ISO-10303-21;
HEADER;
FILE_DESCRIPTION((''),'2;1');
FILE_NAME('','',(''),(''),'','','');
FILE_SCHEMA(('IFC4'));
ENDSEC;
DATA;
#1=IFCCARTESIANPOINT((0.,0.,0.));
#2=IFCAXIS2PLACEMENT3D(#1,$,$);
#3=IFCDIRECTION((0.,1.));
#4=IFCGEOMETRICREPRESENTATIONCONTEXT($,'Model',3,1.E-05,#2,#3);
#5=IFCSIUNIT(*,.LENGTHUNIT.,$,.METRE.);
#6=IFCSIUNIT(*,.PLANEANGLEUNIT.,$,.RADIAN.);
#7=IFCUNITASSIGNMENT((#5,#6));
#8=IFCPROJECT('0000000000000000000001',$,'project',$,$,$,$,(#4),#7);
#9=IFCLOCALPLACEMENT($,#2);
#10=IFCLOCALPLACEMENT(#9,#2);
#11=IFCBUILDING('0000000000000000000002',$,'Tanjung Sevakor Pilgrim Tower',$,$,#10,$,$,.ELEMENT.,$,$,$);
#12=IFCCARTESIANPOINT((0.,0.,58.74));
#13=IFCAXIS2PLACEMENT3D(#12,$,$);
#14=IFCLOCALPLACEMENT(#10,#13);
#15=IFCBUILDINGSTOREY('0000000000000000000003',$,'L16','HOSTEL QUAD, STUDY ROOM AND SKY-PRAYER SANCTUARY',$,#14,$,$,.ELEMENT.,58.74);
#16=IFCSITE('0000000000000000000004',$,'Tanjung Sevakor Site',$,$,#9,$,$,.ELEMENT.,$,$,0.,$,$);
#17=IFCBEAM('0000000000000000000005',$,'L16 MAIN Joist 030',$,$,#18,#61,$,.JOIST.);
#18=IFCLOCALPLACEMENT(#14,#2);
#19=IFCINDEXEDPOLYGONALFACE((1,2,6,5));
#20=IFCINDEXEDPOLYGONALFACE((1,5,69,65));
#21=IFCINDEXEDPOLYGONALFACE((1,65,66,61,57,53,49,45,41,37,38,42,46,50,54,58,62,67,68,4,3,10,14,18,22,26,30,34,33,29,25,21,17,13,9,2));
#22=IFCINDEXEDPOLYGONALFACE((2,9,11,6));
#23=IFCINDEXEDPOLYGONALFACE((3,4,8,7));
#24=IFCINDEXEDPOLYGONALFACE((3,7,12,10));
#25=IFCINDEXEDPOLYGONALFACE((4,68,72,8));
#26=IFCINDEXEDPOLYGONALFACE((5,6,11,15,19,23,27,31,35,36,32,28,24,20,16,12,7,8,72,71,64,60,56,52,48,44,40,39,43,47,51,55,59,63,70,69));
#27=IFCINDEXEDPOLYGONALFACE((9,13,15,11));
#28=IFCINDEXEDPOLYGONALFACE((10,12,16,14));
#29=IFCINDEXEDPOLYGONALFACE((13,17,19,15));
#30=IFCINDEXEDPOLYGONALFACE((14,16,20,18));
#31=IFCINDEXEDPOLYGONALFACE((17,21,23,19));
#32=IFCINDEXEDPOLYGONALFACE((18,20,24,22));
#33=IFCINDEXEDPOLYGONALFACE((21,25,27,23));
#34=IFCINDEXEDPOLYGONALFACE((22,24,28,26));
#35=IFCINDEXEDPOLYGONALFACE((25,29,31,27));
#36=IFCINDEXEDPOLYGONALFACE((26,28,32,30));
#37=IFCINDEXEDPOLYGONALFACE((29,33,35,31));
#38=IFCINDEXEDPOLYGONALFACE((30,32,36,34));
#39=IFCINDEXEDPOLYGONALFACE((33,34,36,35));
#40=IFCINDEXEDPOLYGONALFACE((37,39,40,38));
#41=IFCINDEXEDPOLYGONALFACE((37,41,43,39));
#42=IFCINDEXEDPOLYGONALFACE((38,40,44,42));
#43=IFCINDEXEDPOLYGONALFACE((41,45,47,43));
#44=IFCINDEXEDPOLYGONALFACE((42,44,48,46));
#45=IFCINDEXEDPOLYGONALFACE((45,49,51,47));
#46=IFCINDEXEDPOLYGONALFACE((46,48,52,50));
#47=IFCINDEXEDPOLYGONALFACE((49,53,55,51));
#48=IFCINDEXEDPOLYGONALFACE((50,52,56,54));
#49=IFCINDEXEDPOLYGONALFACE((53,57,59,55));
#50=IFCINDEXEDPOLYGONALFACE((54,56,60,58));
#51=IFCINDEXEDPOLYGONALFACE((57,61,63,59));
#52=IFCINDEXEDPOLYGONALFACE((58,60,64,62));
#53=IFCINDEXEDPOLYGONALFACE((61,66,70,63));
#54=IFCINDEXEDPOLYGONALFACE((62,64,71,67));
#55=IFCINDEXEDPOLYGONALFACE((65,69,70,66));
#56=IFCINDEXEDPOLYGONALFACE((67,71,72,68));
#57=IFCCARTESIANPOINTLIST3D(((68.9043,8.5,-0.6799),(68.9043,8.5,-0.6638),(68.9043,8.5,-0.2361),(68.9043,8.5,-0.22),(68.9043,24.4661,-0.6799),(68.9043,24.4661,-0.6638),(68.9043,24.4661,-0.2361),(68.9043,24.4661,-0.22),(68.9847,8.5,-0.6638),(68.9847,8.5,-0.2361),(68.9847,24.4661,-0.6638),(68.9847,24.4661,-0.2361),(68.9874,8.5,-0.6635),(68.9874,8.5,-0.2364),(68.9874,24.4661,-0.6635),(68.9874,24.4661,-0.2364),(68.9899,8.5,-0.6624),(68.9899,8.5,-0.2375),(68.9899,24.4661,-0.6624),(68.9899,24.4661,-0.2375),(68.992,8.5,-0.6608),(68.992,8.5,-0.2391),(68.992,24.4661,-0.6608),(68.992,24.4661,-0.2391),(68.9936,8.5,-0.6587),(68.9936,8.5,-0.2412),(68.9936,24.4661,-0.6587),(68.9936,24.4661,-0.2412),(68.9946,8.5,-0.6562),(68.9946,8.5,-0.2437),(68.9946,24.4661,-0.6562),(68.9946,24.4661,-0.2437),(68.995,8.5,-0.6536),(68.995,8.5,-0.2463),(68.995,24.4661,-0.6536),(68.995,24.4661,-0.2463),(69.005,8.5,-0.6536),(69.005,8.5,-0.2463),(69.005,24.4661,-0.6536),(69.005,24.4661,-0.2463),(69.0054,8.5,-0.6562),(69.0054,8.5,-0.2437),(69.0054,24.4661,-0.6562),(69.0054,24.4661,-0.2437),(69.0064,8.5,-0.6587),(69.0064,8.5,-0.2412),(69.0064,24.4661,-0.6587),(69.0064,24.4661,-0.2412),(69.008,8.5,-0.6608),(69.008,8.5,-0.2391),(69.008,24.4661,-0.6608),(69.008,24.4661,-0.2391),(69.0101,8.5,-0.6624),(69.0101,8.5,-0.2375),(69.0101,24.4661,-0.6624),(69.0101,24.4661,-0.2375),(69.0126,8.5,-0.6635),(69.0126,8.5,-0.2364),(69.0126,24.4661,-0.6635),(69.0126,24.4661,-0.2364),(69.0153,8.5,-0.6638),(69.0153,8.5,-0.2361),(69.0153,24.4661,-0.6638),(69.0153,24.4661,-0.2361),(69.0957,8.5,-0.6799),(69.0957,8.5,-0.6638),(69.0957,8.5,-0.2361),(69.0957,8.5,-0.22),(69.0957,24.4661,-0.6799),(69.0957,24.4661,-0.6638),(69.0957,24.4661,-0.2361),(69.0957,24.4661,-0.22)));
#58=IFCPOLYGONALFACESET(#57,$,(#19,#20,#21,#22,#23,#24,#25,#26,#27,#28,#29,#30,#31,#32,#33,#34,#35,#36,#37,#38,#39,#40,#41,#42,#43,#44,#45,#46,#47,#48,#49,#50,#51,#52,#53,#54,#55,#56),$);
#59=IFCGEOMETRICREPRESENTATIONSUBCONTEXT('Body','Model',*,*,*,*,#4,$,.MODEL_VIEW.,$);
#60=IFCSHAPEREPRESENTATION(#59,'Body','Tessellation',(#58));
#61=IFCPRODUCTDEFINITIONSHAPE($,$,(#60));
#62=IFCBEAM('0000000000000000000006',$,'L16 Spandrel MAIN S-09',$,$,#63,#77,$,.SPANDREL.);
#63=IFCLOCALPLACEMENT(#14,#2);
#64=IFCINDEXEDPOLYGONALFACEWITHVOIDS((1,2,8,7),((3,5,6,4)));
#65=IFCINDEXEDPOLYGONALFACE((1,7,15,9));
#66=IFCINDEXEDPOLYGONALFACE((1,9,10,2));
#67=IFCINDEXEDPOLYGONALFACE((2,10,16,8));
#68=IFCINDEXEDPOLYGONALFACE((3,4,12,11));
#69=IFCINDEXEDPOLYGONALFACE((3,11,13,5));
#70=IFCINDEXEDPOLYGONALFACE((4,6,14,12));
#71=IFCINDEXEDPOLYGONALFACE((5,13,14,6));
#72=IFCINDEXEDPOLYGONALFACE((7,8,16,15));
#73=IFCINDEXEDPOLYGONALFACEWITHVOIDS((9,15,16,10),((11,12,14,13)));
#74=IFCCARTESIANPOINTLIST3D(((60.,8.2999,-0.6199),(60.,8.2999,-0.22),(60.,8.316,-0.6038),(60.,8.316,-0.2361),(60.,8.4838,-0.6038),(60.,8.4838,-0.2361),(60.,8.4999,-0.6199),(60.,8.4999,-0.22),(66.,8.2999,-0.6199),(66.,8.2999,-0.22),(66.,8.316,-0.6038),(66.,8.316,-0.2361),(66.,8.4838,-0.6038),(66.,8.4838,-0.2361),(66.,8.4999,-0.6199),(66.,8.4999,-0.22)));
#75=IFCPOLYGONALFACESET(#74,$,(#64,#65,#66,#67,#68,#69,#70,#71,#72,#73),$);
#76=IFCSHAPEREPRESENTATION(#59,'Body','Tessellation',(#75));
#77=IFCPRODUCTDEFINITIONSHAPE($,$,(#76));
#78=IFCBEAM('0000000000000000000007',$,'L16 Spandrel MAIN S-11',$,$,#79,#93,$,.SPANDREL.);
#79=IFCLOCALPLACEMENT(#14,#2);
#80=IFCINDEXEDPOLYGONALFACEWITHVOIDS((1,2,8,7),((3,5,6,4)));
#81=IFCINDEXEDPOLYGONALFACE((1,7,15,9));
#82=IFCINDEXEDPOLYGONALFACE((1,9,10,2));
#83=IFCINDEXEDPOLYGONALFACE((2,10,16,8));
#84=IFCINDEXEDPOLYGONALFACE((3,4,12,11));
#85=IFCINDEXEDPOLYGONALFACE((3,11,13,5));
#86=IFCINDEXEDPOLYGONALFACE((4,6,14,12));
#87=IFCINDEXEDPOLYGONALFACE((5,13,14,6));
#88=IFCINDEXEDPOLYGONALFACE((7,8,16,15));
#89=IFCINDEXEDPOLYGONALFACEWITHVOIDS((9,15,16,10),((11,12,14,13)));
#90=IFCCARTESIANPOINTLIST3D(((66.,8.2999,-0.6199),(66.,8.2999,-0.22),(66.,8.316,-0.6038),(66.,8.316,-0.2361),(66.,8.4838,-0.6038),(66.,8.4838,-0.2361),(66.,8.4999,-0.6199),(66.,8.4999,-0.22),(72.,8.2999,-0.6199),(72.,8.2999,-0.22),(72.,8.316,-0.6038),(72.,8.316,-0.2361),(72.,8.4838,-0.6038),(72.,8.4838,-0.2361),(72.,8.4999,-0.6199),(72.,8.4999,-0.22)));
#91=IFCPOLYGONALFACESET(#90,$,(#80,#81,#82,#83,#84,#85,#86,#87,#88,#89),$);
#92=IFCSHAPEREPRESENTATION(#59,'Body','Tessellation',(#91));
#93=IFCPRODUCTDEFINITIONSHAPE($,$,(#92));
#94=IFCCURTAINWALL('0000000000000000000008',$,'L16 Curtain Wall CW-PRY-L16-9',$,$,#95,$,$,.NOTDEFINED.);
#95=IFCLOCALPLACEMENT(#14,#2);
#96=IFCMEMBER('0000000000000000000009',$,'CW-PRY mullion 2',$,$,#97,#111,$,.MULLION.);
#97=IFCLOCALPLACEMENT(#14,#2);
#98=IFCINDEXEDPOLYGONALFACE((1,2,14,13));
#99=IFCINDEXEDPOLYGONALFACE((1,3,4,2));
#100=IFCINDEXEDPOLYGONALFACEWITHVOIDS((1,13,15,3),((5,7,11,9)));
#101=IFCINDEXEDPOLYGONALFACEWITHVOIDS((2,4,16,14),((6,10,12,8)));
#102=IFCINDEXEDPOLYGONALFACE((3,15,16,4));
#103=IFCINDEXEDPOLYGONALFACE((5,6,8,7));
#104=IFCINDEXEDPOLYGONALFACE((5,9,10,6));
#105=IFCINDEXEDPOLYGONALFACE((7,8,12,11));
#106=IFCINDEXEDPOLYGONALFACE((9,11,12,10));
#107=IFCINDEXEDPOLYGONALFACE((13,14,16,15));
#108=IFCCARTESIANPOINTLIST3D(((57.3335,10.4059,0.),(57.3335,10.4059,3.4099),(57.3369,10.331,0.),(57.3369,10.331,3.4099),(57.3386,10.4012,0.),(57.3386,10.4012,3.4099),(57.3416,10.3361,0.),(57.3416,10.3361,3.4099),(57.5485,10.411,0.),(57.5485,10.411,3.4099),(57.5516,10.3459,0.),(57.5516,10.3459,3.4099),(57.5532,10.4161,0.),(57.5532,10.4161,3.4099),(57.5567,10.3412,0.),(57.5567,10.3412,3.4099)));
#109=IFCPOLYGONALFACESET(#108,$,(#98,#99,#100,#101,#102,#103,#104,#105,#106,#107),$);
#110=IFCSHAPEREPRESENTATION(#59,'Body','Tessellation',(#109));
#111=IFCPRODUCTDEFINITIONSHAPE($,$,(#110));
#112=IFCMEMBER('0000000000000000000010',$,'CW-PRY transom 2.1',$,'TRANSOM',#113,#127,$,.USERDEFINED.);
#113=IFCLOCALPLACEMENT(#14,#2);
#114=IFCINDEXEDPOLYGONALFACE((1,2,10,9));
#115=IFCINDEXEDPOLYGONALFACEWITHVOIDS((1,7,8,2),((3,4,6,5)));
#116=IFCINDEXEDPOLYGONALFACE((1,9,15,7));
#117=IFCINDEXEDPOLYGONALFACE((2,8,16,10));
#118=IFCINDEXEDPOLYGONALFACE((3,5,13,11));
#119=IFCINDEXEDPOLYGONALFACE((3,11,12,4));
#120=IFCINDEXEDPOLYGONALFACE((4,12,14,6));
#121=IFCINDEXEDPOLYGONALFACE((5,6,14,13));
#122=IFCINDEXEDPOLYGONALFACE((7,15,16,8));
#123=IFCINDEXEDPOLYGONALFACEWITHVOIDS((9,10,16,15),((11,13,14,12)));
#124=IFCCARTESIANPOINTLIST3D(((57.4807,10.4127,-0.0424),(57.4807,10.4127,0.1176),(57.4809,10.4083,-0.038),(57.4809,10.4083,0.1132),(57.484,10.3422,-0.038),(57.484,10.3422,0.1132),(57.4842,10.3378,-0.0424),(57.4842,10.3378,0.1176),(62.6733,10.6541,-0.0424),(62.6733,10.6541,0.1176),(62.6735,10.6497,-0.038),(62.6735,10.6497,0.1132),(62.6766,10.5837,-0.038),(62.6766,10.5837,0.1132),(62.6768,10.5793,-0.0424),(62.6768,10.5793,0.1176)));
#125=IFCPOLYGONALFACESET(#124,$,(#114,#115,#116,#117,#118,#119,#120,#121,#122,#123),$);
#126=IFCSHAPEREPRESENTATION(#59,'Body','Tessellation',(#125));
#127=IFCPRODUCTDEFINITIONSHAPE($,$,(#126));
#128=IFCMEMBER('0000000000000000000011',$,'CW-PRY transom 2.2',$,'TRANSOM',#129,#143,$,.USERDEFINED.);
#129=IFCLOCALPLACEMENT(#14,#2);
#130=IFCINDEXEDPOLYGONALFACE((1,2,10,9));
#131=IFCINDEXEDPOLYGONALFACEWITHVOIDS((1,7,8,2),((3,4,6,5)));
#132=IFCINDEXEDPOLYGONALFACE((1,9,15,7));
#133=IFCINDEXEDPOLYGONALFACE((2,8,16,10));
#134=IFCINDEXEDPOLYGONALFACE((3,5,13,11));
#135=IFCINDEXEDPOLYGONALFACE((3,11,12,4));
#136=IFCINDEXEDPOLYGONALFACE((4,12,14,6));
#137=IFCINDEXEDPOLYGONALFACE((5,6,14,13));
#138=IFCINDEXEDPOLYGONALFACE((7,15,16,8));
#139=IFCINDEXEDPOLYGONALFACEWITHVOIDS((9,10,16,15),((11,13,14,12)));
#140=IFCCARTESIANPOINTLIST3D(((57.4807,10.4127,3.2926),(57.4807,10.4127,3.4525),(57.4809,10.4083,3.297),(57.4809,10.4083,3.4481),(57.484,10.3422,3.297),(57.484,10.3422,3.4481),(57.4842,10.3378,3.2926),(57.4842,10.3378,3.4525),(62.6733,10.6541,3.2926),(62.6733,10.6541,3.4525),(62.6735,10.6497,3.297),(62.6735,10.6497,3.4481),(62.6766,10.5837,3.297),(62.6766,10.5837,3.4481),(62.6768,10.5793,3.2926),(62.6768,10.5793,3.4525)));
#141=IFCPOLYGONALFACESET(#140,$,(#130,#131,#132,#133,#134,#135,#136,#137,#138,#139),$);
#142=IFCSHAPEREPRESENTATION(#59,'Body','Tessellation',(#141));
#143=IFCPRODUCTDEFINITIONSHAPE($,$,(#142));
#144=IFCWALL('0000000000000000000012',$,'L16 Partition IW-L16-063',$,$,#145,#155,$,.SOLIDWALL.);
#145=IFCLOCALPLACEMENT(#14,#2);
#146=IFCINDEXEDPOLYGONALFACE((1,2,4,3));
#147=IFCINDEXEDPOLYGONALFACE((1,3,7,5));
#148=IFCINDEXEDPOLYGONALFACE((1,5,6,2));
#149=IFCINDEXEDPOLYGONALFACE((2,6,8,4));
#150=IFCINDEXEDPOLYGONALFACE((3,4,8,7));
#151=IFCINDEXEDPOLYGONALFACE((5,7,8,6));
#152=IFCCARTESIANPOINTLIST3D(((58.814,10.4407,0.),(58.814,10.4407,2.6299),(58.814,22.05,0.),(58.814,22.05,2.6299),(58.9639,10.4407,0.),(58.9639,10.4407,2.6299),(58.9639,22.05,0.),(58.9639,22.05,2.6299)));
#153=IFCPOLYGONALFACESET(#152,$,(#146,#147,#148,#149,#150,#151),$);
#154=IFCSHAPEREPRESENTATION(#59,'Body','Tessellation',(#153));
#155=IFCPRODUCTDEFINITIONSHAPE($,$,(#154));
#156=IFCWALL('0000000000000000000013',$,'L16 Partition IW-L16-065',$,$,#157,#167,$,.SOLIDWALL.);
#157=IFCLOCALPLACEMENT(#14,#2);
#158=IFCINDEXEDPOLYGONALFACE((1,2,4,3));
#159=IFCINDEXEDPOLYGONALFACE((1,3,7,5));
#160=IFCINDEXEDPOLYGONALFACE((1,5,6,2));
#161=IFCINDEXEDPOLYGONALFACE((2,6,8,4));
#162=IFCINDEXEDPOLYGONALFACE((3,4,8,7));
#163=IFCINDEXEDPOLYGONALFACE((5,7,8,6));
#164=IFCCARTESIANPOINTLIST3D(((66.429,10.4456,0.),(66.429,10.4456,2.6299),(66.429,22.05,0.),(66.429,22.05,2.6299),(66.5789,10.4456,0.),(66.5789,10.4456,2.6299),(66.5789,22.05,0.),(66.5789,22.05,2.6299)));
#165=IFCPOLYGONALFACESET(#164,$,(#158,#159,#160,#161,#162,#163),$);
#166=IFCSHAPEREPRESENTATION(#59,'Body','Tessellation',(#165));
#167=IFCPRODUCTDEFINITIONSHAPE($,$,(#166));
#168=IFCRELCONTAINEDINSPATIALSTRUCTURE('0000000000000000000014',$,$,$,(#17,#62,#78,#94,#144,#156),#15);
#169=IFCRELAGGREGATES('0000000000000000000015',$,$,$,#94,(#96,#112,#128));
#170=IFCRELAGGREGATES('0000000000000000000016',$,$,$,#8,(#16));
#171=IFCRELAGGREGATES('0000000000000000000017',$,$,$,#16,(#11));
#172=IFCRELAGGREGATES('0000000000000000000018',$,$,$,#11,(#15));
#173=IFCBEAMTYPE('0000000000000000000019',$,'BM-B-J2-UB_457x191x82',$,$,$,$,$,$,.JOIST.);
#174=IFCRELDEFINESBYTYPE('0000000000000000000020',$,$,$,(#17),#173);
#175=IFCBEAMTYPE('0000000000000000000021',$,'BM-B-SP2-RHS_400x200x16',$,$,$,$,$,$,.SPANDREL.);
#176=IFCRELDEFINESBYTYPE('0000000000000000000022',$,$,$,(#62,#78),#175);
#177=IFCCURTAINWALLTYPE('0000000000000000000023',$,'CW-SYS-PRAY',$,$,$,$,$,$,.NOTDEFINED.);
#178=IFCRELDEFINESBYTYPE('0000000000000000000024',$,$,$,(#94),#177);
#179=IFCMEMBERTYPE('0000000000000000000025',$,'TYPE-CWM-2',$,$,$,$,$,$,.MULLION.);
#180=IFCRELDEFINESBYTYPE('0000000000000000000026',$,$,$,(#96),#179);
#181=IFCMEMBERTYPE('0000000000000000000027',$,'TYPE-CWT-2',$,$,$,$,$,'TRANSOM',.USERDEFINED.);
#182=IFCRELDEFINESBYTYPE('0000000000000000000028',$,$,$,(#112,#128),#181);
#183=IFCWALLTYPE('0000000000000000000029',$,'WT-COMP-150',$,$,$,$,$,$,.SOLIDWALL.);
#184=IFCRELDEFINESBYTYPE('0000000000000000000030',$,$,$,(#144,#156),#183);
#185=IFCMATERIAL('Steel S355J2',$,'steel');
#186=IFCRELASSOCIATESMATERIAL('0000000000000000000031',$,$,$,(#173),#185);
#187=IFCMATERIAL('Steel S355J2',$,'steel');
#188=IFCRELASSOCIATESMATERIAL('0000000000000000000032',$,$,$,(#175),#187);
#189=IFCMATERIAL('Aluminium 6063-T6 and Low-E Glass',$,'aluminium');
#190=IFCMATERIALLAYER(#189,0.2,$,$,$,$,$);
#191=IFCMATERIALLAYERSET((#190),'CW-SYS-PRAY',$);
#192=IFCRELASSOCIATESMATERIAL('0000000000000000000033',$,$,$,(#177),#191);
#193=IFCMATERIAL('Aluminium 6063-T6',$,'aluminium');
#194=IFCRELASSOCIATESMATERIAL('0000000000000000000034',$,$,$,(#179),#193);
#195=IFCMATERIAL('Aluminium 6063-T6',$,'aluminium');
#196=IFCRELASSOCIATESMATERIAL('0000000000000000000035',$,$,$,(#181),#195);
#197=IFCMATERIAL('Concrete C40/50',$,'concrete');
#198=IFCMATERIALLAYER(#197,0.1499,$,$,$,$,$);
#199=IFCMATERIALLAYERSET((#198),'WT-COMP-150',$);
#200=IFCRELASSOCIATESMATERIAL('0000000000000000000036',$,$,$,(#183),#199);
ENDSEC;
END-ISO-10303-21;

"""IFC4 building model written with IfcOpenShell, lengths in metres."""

from ifc_helpers import new_model, si_unit, direction, frame, frame_2d, origin, origin_2d, place, context, subcontext, project, spatial, rectangle, hollow_rectangle, i_section, extrude, material, layer, layer_set, material_profile, profile_set, type_object, element, aggregate, save


model = new_model("IFC4")

# Units and contexts
model_context = context("Model", 3, precision=1e-05, world=origin(), true_north=direction((0.0, 1.0)))
body_context = subcontext(model_context, "Body", "Model", "MODEL_VIEW")
ifc_project = project(units=[si_unit("LENGTHUNIT", "METRE"), si_unit("PLANEANGLEUNIT", "RADIAN")], contexts=[model_context])

# Site, building, storey
site_placement = place(None, origin())
site = spatial("IfcSite", under=ifc_project, at=site_placement, Name="Tanjung Sevakor Site", CompositionType="ELEMENT", RefElevation=0.0)
building_placement = place(site_placement, origin())
building = spatial("IfcBuilding", under=site, at=building_placement, Name="Tanjung Sevakor Pilgrim Tower", CompositionType="ELEMENT")
storey_placement = place(building_placement, frame((0.0, 0.0, 58.74)))
storey = spatial("IfcBuildingStorey", under=building, at=storey_placement, Name="L16", Description="HOSTEL QUAD, STUDY ROOM AND SKY-PRAYER SANCTUARY", CompositionType="ELEMENT", Elevation=58.74)

# Beams
ifc_material_1 = material(Name="Steel S355J2", Category="steel")
ifc_material_profile_1 = material_profile(ifc_material_1, i_section(OverallWidth=0.1914, OverallDepth=0.46, WebThickness=0.01, FlangeThickness=0.0161, FilletRadius=0.0103, at=origin_2d()))
ifc_profile_set_1 = profile_set([ifc_material_profile_1], Name="Steel S355J2")
beam_type_1 = type_object("IfcBeamType", Name="BM-B-J2-UB_457x191x82", PredefinedType="JOIST", material=ifc_profile_set_1)
for number, where, z_axis, x_axis, name in (
    (1, (69.0, 8.5, -0.45), (0.0, 1.0, 0.0), (-1.0, 0.0, 0.0), "L16 MAIN Joist 030"),
):
    element("IfcBeam", number, at=place(storey_placement, frame(where, z_axis=z_axis, x_axis=x_axis)), inside=storey, type_object=beam_type_1, Name=name, PredefinedType="JOIST", context=body_context, shape_type="SweptSolid", body=[
        extrude(i_section(OverallWidth=0.1914, OverallDepth=0.46, WebThickness=0.01, FlangeThickness=0.0161, FilletRadius=0.0103, at=origin_2d()), origin(), (0.0, 0.0, 1.0), 15.9661),
    ])
ifc_material_2 = material(Name="Steel S355J2", Category="steel")
ifc_material_profile_2 = material_profile(ifc_material_2, hollow_rectangle(XDim=0.2, YDim=0.3999, WallThickness=0.0161, at=origin_2d()))
ifc_profile_set_2 = profile_set([ifc_material_profile_2], Name="Steel S355J2")
beam_type_2 = type_object("IfcBeamType", Name="BM-B-SP2-RHS_400x200x16", PredefinedType="SPANDREL", material=ifc_profile_set_2)
for number, where, z_axis, x_axis, name in (
    (2, (60.0, 8.3999, -0.4199), (1.0, 0.0, 0.0), (0.0, 1.0, 0.0), "L16 Spandrel MAIN S-09"),
    (3, (66.0, 8.3999, -0.4199), (1.0, 0.0, 0.0), (0.0, 1.0, 0.0), "L16 Spandrel MAIN S-11"),
):
    element("IfcBeam", number, at=place(storey_placement, frame(where, z_axis=z_axis, x_axis=x_axis)), inside=storey, type_object=beam_type_2, Name=name, PredefinedType="SPANDREL", context=body_context, shape_type="SweptSolid", body=[
        extrude(hollow_rectangle(XDim=0.2, YDim=0.3999, WallThickness=0.0161, at=origin_2d()), origin(), (0.0, 0.0, 1.0), 6.0),
    ])

# Curtain wall, members
ifc_material_3 = material(Name="Aluminium 6063-T6 and Low-E Glass", Category="aluminium")
ifc_layer_1 = layer(ifc_material_3, 0.2)
ifc_layer_set_1 = layer_set([ifc_layer_1], Name="CW-SYS-PRAY")
curtain_wall_type = type_object("IfcCurtainWallType", Name="CW-SYS-PRAY", PredefinedType="NOTDEFINED", material=ifc_layer_set_1)
curtain_wall_placement = place(storey_placement, origin())
curtain_wall = element("IfcCurtainWall", 4, at=curtain_wall_placement, inside=storey, type_object=curtain_wall_type, Name="L16 Curtain Wall CW-PRY-L16-9", PredefinedType="NOTDEFINED")
ifc_material_4 = material(Name="Aluminium 6063-T6", Category="aluminium")
ifc_material_profile_3 = material_profile(ifc_material_4, hollow_rectangle(XDim=0.075, YDim=0.22, WallThickness=0.0049, at=origin_2d()))
ifc_profile_set_3 = profile_set([ifc_material_profile_3], Name="Aluminium 6063-T6")
member_type_1 = type_object("IfcMemberType", Name="TYPE-CWM-2", PredefinedType="MULLION", material=ifc_profile_set_3)
member_1_placement = place(storey_placement, frame((57.4451, 10.3735, 0.0), z_axis=(0.0, 0.0, 1.0), x_axis=(-0.046462, 0.99892, 0.0)))
member_1 = element("IfcMember", 5, at=member_1_placement, type_object=member_type_1, Name="CW-PRY mullion 2", PredefinedType="MULLION", context=body_context, shape_type="SweptSolid", body=[
    extrude(hollow_rectangle(XDim=0.075, YDim=0.22, WallThickness=0.0049, at=origin_2d()), origin(), (0.0, 0.0, 1.0), 3.4099),
])
ifc_material_5 = material(Name="Aluminium 6063-T6", Category="aluminium")
ifc_material_profile_4 = material_profile(ifc_material_5, hollow_rectangle(XDim=0.075, YDim=0.1599, WallThickness=0.0044, at=origin_2d()))
ifc_profile_set_4 = profile_set([ifc_material_profile_4], Name="Aluminium 6063-T6")
member_type_2 = type_object("IfcMemberType", Name="TYPE-CWT-2", ElementType="TRANSOM", PredefinedType="USERDEFINED", material=ifc_profile_set_4)
member_2_placement = place(storey_placement, frame((57.4824, 10.3752, 0.0376), z_axis=(0.998921, 0.046449, 0.0), x_axis=(-0.046449, 0.998921, 0.0)))
member_2 = element("IfcMember", 6, at=member_2_placement, type_object=member_type_2, Name="CW-PRY transom 2.1", ObjectType="TRANSOM", PredefinedType="USERDEFINED", context=body_context, shape_type="SweptSolid", body=[
    extrude(hollow_rectangle(XDim=0.075, YDim=0.1599, WallThickness=0.0044, at=origin_2d()), origin(), (0.0, 0.0, 1.0), 5.1982),
])
member_3_placement = place(storey_placement, frame((57.4824, 10.3752, 3.3726), z_axis=(0.998921, 0.046449, 0.0), x_axis=(-0.046449, 0.998921, 0.0)))
member_3 = element("IfcMember", 7, at=member_3_placement, type_object=member_type_2, Name="CW-PRY transom 2.2", ObjectType="TRANSOM", PredefinedType="USERDEFINED", context=body_context, shape_type="SweptSolid", body=[
    extrude(hollow_rectangle(XDim=0.075, YDim=0.1599, WallThickness=0.0044, at=origin_2d()), origin(), (0.0, 0.0, 1.0), 5.1982),
])
aggregate(curtain_wall, [member_1, member_2, member_3])

# Walls
ifc_material_6 = material(Name="Concrete C40/50", Category="concrete")
ifc_layer_2 = layer(ifc_material_6, 0.1499)
ifc_layer_set_2 = layer_set([ifc_layer_2], Name="WT-COMP-150")
wall_type_1 = type_object("IfcWallType", Name="WT-COMP-150", PredefinedType="SOLIDWALL", material=ifc_layer_set_2)
wall_1_placement = place(storey_placement, frame((58.8889, 10.4407, 0.0), z_axis=(0.0, 0.0, 1.0), x_axis=(0.0, 1.0, 0.0)))
element("IfcWall", 8, at=wall_1_placement, inside=storey, type_object=wall_type_1, Name="L16 Partition IW-L16-063", PredefinedType="SOLIDWALL", context=body_context, shape_type="SweptSolid", body=[
    extrude(rectangle(XDim=11.6094, YDim=0.1499, at=frame_2d((5.8047, 0.0))), origin(), (0.0, 0.0, 1.0), 2.6299),
])
wall_2_placement = place(storey_placement, frame((66.5039, 10.4456, 0.0), z_axis=(0.0, 0.0, 1.0), x_axis=(0.0, 1.0, 0.0)))
element("IfcWall", 9, at=wall_2_placement, inside=storey, type_object=wall_type_1, Name="L16 Partition IW-L16-065", PredefinedType="SOLIDWALL", context=body_context, shape_type="SweptSolid", body=[
    extrude(rectangle(XDim=11.6045, YDim=0.1499, at=frame_2d((5.8022, 0.0))), origin(), (0.0, 0.0, 1.0), 2.6299),
])

save(model, "model.ifc")
